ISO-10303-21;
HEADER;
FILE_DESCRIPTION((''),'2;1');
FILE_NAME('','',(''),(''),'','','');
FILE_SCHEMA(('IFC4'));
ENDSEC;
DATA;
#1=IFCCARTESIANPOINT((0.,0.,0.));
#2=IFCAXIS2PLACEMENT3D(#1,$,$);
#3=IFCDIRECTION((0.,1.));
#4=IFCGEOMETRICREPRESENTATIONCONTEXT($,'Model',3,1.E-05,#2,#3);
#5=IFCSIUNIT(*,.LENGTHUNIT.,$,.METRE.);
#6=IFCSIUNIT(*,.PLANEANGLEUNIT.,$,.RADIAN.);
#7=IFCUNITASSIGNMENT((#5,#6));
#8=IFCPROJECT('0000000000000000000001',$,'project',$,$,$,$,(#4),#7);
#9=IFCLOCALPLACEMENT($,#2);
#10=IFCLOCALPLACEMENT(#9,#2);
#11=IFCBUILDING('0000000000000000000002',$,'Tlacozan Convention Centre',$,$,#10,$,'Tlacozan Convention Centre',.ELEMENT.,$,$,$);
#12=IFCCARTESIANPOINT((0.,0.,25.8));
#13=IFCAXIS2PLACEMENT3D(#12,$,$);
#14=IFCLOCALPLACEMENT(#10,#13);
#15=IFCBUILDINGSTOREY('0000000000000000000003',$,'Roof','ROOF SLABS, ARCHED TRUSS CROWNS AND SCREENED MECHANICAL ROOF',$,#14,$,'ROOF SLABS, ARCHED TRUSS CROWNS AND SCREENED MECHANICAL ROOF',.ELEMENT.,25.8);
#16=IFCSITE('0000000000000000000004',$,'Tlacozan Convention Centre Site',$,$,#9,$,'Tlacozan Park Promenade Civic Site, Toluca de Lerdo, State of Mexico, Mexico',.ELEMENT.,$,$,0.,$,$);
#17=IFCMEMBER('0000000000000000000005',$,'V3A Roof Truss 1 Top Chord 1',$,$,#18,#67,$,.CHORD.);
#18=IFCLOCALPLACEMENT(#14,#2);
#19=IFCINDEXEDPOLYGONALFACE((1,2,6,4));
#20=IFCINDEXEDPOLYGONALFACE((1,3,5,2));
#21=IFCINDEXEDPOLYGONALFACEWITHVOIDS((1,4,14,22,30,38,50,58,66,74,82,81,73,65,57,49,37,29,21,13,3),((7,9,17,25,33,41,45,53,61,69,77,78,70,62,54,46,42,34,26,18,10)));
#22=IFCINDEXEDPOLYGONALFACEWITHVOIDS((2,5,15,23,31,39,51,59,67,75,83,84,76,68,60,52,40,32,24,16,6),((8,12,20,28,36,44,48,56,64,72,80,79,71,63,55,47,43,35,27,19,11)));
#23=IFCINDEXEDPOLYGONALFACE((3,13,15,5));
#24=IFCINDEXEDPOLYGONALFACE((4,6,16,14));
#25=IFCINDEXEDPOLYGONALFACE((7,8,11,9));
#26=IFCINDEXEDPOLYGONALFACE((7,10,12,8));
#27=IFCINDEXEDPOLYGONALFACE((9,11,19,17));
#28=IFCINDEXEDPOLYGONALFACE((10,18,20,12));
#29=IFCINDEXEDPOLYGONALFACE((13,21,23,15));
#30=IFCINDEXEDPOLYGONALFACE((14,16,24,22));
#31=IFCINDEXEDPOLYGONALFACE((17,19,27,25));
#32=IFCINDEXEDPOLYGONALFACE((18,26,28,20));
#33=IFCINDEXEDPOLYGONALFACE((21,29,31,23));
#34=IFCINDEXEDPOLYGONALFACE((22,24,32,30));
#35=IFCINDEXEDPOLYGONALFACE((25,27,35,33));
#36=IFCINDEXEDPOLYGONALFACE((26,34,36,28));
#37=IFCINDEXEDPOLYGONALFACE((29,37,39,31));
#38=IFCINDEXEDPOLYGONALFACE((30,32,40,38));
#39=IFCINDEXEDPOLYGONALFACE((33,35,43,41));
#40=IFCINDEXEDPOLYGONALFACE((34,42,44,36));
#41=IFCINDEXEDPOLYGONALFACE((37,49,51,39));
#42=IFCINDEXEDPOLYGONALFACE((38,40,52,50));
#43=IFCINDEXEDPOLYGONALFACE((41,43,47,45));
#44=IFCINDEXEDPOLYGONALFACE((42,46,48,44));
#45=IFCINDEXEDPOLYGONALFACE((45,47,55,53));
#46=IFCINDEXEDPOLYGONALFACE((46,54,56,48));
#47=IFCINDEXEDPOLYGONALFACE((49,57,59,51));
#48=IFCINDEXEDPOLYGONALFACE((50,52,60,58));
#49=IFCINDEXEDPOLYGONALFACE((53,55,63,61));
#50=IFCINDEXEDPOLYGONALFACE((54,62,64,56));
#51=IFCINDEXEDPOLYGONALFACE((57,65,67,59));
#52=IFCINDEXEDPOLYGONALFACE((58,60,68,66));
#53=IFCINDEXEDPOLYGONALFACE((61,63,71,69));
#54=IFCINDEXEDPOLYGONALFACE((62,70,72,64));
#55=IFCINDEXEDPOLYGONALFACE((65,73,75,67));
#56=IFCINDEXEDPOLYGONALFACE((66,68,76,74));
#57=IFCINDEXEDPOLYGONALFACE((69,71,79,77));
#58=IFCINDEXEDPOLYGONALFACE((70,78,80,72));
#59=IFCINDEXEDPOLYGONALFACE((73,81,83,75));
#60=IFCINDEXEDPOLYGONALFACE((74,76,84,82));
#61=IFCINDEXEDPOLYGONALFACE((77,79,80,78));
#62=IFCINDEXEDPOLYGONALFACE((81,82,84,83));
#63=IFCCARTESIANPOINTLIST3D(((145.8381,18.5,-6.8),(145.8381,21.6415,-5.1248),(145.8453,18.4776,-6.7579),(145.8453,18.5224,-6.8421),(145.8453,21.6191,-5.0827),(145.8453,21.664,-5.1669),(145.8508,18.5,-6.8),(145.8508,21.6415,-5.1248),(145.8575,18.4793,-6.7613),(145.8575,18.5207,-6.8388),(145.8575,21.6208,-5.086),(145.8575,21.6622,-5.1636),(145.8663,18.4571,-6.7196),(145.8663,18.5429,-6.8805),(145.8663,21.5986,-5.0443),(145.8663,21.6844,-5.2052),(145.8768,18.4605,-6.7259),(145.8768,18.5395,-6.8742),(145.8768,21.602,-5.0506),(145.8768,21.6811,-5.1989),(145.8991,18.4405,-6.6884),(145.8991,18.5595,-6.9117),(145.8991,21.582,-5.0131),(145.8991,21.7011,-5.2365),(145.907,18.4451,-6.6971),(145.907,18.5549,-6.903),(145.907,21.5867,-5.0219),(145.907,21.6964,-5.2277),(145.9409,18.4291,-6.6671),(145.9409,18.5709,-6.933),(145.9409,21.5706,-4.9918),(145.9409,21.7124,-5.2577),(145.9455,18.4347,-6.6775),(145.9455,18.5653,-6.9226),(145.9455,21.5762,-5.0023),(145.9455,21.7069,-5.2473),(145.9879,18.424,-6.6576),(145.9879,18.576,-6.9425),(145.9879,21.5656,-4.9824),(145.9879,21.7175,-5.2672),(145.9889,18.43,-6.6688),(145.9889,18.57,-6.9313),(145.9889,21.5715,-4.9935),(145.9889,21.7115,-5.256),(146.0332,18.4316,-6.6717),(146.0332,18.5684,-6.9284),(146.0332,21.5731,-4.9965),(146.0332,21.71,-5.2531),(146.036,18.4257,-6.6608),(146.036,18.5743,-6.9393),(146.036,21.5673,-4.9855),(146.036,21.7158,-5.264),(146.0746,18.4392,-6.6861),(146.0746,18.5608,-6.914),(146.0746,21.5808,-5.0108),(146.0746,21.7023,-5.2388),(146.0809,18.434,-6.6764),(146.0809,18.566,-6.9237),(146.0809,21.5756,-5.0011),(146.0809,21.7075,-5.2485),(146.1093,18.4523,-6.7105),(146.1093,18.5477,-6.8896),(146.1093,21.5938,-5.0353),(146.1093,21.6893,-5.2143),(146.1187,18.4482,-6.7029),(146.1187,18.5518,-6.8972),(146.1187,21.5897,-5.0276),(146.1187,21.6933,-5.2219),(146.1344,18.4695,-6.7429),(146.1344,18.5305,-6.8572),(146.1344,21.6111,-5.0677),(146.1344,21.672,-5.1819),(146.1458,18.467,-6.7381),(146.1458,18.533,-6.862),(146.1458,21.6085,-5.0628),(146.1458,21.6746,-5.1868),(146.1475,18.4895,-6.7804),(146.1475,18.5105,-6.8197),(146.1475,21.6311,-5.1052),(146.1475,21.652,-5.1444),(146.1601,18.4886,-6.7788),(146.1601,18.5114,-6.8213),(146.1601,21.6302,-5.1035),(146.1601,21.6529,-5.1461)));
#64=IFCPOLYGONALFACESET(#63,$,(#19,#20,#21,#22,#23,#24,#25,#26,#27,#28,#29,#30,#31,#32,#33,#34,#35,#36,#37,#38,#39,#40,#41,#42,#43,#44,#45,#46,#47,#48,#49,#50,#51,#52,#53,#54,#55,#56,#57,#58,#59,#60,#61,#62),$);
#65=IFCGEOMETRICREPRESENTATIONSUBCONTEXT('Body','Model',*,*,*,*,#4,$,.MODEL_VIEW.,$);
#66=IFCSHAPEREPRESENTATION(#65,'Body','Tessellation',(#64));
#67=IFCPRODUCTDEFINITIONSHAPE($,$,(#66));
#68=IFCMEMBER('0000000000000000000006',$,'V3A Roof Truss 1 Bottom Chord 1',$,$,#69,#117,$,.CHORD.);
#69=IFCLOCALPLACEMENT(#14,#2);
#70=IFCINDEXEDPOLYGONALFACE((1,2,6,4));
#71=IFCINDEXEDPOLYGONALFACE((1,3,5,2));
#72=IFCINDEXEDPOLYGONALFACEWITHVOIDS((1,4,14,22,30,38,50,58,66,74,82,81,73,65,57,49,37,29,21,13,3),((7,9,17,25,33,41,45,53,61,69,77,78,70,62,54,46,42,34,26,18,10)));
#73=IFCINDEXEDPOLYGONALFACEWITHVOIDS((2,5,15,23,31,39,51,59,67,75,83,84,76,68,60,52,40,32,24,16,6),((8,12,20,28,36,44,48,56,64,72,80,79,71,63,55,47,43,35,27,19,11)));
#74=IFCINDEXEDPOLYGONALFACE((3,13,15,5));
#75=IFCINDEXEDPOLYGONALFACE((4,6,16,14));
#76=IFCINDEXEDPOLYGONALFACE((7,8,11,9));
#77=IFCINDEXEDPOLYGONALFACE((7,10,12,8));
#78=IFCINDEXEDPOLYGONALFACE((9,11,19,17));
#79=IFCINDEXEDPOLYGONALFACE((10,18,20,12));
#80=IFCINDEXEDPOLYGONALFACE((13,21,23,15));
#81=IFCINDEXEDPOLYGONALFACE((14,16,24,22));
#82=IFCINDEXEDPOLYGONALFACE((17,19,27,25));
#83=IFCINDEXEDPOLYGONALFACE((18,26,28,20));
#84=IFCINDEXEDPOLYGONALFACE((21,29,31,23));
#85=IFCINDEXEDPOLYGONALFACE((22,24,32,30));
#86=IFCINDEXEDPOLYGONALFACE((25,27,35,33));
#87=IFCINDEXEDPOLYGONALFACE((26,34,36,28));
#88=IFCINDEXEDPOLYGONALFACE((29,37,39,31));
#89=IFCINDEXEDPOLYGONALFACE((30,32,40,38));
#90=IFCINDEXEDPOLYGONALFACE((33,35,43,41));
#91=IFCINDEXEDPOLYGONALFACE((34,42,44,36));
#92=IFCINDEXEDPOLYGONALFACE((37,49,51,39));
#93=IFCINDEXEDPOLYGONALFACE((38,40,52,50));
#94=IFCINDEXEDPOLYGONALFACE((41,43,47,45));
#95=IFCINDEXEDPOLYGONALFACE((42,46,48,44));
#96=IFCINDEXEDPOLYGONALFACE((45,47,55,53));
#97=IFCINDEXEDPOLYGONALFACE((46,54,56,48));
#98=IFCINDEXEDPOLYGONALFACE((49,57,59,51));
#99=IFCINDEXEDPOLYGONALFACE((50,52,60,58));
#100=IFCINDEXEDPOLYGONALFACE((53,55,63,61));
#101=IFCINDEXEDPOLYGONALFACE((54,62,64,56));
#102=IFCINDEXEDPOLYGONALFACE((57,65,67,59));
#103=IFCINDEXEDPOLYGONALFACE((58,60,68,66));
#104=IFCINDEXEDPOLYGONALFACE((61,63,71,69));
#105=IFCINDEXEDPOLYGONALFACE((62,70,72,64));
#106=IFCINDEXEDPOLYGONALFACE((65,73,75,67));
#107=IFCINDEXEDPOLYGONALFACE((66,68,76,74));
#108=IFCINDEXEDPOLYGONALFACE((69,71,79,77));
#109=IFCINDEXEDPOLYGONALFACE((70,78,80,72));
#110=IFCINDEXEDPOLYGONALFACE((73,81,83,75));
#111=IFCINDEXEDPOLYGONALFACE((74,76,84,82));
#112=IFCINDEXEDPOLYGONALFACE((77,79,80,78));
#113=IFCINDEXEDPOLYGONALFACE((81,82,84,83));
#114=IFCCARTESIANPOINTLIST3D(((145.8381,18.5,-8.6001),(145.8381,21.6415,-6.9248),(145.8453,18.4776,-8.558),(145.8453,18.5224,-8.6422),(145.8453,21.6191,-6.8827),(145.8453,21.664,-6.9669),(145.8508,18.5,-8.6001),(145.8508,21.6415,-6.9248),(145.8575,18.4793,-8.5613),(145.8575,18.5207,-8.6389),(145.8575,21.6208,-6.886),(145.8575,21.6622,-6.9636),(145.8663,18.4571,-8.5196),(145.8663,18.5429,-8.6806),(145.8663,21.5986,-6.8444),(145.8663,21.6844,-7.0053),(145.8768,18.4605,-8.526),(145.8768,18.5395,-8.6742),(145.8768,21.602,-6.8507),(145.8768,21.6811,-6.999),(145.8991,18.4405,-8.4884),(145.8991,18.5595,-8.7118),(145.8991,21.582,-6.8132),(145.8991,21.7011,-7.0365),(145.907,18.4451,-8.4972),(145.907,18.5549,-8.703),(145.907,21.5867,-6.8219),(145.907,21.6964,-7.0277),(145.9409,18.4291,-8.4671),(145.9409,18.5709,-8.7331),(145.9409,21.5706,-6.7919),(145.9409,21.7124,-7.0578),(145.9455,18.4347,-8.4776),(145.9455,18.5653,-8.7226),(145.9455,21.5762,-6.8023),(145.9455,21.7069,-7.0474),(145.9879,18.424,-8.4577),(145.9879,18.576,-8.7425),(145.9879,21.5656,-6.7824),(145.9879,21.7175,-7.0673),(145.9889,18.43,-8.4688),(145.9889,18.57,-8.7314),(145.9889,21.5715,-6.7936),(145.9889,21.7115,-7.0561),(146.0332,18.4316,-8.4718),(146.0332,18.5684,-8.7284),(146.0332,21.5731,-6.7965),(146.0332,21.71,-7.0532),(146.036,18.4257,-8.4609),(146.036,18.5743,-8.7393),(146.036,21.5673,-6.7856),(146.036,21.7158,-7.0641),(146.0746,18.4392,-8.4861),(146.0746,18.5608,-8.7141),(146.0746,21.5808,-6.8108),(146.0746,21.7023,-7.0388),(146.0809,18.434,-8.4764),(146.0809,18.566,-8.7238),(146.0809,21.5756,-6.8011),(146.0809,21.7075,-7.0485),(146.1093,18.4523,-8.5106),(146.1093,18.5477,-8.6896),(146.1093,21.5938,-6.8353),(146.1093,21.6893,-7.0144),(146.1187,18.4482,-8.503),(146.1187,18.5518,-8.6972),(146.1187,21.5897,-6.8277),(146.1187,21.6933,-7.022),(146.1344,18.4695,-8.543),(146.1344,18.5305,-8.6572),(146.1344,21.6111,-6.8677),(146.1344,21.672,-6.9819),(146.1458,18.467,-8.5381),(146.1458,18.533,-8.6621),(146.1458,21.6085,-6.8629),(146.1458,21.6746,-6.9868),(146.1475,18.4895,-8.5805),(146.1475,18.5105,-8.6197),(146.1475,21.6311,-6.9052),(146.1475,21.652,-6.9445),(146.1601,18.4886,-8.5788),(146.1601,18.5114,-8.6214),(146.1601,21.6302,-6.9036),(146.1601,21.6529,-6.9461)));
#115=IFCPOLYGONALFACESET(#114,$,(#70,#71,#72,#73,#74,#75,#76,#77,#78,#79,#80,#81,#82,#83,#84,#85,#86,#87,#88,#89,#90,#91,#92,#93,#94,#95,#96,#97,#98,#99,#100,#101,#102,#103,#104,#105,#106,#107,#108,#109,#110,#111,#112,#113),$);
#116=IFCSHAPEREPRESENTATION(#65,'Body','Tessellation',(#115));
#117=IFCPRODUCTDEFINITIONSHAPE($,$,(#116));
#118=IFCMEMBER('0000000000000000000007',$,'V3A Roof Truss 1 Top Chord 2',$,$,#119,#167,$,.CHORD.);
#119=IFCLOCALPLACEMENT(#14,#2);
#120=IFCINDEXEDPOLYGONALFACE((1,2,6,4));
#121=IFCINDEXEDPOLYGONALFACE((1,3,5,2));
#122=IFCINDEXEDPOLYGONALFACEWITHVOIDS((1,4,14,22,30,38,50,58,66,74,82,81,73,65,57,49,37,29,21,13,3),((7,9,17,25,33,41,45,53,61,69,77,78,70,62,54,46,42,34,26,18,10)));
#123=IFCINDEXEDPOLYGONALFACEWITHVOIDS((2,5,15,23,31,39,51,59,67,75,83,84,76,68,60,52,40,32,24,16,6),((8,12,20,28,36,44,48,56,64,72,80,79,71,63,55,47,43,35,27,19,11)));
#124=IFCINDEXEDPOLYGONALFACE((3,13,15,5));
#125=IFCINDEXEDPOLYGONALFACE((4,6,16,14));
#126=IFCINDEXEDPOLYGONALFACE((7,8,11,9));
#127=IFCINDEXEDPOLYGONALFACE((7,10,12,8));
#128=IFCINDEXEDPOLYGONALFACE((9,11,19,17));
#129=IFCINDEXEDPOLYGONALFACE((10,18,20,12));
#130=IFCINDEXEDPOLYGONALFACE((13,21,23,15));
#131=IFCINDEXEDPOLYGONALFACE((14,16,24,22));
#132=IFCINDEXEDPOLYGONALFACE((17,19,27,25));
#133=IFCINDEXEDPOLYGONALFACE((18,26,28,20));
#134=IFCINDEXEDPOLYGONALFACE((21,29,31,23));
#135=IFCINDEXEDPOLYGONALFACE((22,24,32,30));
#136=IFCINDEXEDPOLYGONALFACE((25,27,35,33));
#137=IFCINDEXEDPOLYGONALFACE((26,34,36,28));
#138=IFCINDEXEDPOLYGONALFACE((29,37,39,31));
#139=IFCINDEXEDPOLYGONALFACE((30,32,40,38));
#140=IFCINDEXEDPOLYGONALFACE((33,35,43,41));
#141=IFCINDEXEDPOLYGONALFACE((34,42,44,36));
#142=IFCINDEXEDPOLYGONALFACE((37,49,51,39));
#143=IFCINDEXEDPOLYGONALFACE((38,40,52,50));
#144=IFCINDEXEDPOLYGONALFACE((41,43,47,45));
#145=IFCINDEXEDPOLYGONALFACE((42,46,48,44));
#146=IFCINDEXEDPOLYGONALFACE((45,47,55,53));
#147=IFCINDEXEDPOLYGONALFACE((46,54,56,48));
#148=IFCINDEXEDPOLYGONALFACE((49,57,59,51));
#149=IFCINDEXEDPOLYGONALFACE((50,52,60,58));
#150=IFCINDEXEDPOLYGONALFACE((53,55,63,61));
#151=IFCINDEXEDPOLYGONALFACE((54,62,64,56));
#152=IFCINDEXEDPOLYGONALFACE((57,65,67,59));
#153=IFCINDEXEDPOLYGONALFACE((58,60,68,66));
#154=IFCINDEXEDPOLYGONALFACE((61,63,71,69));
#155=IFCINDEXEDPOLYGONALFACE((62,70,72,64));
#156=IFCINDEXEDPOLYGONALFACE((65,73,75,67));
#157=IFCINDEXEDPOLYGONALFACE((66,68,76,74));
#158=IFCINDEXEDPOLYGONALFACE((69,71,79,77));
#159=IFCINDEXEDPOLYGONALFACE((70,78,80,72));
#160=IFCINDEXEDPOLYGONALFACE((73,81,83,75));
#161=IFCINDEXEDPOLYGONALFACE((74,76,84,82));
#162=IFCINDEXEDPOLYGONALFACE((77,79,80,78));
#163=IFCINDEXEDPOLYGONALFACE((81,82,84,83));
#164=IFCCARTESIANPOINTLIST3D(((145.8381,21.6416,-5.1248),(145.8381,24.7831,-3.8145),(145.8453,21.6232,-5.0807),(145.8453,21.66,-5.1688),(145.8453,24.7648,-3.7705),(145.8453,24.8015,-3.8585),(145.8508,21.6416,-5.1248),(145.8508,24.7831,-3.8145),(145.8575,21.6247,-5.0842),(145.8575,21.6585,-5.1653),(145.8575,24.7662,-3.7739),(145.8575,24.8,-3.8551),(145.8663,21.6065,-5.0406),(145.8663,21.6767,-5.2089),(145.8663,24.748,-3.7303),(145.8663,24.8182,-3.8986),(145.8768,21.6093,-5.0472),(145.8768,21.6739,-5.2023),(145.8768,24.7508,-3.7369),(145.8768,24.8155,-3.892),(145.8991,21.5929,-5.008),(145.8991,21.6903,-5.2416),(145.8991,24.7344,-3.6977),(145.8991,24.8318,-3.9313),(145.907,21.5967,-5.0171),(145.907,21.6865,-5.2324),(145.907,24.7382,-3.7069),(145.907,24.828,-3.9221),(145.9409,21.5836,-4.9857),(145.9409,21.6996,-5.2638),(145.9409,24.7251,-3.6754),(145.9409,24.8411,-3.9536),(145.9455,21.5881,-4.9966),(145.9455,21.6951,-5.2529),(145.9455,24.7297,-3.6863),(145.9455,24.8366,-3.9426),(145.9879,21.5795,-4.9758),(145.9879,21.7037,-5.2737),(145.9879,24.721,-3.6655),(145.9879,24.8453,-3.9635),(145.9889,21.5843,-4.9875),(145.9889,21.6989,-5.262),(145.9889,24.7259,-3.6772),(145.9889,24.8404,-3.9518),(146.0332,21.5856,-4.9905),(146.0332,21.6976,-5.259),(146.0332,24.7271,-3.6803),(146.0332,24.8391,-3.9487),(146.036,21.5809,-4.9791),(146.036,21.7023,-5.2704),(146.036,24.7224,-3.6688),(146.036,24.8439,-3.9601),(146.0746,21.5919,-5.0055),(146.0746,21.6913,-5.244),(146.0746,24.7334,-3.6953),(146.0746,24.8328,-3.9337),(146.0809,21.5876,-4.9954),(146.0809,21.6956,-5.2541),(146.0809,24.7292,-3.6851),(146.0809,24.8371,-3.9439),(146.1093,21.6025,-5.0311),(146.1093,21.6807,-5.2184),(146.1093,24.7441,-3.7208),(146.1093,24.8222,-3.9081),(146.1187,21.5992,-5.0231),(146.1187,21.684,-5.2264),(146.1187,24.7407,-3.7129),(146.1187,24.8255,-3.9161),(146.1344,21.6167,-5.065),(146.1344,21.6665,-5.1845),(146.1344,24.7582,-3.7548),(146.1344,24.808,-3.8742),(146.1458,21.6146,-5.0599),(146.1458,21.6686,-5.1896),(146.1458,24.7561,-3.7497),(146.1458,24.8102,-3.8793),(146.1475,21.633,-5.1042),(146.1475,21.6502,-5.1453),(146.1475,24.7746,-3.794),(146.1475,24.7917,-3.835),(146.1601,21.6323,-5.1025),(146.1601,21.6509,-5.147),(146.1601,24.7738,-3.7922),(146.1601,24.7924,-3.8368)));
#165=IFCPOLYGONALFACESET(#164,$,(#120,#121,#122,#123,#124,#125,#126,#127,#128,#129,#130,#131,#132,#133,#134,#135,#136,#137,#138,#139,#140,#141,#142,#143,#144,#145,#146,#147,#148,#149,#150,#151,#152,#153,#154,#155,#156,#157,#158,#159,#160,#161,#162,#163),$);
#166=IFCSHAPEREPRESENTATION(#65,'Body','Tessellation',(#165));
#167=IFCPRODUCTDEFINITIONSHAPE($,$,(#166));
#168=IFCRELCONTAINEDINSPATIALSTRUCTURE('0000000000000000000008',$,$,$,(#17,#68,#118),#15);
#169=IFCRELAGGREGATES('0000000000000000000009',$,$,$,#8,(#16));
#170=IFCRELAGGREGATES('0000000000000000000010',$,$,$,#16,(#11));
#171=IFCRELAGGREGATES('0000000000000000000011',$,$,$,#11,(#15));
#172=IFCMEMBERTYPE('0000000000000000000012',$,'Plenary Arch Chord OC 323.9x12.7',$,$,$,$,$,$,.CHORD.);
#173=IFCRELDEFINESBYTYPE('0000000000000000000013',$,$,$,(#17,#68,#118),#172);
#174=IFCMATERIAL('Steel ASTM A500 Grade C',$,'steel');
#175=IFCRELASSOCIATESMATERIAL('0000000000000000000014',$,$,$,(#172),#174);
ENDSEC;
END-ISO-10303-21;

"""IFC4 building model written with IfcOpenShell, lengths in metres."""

from ifc_helpers import new_model, si_unit, direction, frame, origin, origin_2d, place, context, subcontext, project, spatial, hollow_circle, extrude, material, material_profile, profile_set, type_object, element, save


model = new_model("IFC4")

# Units and contexts
model_context = context("Model", 3, precision=1e-05, world=origin(), true_north=direction((0.0, 1.0)))
body_context = subcontext(model_context, "Body", "Model", "MODEL_VIEW")
ifc_project = project(units=[si_unit("LENGTHUNIT", "METRE"), si_unit("PLANEANGLEUNIT", "RADIAN")], contexts=[model_context])

# Site, building, storey
site_placement = place(None, origin())
site = spatial("IfcSite", under=ifc_project, at=site_placement, Name="Tlacozan Convention Centre Site", LongName="Tlacozan Park Promenade Civic Site, Toluca de Lerdo, State of Mexico, Mexico", CompositionType="ELEMENT", RefElevation=0.0)
building_placement = place(site_placement, origin())
building = spatial("IfcBuilding", under=site, at=building_placement, Name="Tlacozan Convention Centre", LongName="Tlacozan Convention Centre", CompositionType="ELEMENT")
storey_placement = place(building_placement, frame((0.0, 0.0, 25.8)))
storey = spatial("IfcBuildingStorey", under=building, at=storey_placement, Name="Roof", Description="ROOF SLABS, ARCHED TRUSS CROWNS AND SCREENED MECHANICAL ROOF", LongName="ROOF SLABS, ARCHED TRUSS CROWNS AND SCREENED MECHANICAL ROOF", CompositionType="ELEMENT", Elevation=25.8)

# Members
ifc_material_1 = material(Name="Steel ASTM A500 Grade C", Category="steel")
ifc_material_profile_1 = material_profile(ifc_material_1, hollow_circle(Radius=0.1619, WallThickness=0.0127, at=origin_2d()), Name="OC 323.9x12.7")
ifc_profile_set_1 = profile_set([ifc_material_profile_1], Name="Steel ASTM A500 Grade C")
member_type_1 = type_object("IfcMemberType", Name="Plenary Arch Chord OC 323.9x12.7", PredefinedType="CHORD", material=ifc_profile_set_1)
for number, where, z_axis, x_axis, name in (
    (1, (146.0, 18.5, -6.8), (0.0, 0.88238, 0.470538), (-1.0, 0.0, 0.0), "V3A Roof Truss 1 Top Chord 1"),
    (2, (146.0, 18.5, -8.6001), (0.0, 0.88238, 0.470538), (-1.0, 0.0, 0.0), "V3A Roof Truss 1 Bottom Chord 1"),
):
    element("IfcMember", number, at=place(storey_placement, frame(where, z_axis=z_axis, x_axis=x_axis)), inside=storey, type_object=member_type_1, Name=name, PredefinedType="CHORD", context=body_context, shape_type="SweptSolid", body=[
        extrude(hollow_circle(Radius=0.1619, WallThickness=0.0127, at=origin_2d()), origin(), (0.0, 0.0, 1.0), 3.5603),
    ])
for number, where, z_axis, x_axis, name in (
    (3, (146.0, 21.6416, -5.1248), (0.0, 0.922941, 0.384941), (-1.0, 0.0, 0.0), "V3A Roof Truss 1 Top Chord 2"),
):
    element("IfcMember", number, at=place(storey_placement, frame(where, z_axis=z_axis, x_axis=x_axis)), inside=storey, type_object=member_type_1, Name=name, PredefinedType="CHORD", context=body_context, shape_type="SweptSolid", body=[
        extrude(hollow_circle(Radius=0.1619, WallThickness=0.0127, at=origin_2d()), origin(), (0.0, 0.0, 1.0), 3.4038),
    ])

save(model, "model.ifc")
